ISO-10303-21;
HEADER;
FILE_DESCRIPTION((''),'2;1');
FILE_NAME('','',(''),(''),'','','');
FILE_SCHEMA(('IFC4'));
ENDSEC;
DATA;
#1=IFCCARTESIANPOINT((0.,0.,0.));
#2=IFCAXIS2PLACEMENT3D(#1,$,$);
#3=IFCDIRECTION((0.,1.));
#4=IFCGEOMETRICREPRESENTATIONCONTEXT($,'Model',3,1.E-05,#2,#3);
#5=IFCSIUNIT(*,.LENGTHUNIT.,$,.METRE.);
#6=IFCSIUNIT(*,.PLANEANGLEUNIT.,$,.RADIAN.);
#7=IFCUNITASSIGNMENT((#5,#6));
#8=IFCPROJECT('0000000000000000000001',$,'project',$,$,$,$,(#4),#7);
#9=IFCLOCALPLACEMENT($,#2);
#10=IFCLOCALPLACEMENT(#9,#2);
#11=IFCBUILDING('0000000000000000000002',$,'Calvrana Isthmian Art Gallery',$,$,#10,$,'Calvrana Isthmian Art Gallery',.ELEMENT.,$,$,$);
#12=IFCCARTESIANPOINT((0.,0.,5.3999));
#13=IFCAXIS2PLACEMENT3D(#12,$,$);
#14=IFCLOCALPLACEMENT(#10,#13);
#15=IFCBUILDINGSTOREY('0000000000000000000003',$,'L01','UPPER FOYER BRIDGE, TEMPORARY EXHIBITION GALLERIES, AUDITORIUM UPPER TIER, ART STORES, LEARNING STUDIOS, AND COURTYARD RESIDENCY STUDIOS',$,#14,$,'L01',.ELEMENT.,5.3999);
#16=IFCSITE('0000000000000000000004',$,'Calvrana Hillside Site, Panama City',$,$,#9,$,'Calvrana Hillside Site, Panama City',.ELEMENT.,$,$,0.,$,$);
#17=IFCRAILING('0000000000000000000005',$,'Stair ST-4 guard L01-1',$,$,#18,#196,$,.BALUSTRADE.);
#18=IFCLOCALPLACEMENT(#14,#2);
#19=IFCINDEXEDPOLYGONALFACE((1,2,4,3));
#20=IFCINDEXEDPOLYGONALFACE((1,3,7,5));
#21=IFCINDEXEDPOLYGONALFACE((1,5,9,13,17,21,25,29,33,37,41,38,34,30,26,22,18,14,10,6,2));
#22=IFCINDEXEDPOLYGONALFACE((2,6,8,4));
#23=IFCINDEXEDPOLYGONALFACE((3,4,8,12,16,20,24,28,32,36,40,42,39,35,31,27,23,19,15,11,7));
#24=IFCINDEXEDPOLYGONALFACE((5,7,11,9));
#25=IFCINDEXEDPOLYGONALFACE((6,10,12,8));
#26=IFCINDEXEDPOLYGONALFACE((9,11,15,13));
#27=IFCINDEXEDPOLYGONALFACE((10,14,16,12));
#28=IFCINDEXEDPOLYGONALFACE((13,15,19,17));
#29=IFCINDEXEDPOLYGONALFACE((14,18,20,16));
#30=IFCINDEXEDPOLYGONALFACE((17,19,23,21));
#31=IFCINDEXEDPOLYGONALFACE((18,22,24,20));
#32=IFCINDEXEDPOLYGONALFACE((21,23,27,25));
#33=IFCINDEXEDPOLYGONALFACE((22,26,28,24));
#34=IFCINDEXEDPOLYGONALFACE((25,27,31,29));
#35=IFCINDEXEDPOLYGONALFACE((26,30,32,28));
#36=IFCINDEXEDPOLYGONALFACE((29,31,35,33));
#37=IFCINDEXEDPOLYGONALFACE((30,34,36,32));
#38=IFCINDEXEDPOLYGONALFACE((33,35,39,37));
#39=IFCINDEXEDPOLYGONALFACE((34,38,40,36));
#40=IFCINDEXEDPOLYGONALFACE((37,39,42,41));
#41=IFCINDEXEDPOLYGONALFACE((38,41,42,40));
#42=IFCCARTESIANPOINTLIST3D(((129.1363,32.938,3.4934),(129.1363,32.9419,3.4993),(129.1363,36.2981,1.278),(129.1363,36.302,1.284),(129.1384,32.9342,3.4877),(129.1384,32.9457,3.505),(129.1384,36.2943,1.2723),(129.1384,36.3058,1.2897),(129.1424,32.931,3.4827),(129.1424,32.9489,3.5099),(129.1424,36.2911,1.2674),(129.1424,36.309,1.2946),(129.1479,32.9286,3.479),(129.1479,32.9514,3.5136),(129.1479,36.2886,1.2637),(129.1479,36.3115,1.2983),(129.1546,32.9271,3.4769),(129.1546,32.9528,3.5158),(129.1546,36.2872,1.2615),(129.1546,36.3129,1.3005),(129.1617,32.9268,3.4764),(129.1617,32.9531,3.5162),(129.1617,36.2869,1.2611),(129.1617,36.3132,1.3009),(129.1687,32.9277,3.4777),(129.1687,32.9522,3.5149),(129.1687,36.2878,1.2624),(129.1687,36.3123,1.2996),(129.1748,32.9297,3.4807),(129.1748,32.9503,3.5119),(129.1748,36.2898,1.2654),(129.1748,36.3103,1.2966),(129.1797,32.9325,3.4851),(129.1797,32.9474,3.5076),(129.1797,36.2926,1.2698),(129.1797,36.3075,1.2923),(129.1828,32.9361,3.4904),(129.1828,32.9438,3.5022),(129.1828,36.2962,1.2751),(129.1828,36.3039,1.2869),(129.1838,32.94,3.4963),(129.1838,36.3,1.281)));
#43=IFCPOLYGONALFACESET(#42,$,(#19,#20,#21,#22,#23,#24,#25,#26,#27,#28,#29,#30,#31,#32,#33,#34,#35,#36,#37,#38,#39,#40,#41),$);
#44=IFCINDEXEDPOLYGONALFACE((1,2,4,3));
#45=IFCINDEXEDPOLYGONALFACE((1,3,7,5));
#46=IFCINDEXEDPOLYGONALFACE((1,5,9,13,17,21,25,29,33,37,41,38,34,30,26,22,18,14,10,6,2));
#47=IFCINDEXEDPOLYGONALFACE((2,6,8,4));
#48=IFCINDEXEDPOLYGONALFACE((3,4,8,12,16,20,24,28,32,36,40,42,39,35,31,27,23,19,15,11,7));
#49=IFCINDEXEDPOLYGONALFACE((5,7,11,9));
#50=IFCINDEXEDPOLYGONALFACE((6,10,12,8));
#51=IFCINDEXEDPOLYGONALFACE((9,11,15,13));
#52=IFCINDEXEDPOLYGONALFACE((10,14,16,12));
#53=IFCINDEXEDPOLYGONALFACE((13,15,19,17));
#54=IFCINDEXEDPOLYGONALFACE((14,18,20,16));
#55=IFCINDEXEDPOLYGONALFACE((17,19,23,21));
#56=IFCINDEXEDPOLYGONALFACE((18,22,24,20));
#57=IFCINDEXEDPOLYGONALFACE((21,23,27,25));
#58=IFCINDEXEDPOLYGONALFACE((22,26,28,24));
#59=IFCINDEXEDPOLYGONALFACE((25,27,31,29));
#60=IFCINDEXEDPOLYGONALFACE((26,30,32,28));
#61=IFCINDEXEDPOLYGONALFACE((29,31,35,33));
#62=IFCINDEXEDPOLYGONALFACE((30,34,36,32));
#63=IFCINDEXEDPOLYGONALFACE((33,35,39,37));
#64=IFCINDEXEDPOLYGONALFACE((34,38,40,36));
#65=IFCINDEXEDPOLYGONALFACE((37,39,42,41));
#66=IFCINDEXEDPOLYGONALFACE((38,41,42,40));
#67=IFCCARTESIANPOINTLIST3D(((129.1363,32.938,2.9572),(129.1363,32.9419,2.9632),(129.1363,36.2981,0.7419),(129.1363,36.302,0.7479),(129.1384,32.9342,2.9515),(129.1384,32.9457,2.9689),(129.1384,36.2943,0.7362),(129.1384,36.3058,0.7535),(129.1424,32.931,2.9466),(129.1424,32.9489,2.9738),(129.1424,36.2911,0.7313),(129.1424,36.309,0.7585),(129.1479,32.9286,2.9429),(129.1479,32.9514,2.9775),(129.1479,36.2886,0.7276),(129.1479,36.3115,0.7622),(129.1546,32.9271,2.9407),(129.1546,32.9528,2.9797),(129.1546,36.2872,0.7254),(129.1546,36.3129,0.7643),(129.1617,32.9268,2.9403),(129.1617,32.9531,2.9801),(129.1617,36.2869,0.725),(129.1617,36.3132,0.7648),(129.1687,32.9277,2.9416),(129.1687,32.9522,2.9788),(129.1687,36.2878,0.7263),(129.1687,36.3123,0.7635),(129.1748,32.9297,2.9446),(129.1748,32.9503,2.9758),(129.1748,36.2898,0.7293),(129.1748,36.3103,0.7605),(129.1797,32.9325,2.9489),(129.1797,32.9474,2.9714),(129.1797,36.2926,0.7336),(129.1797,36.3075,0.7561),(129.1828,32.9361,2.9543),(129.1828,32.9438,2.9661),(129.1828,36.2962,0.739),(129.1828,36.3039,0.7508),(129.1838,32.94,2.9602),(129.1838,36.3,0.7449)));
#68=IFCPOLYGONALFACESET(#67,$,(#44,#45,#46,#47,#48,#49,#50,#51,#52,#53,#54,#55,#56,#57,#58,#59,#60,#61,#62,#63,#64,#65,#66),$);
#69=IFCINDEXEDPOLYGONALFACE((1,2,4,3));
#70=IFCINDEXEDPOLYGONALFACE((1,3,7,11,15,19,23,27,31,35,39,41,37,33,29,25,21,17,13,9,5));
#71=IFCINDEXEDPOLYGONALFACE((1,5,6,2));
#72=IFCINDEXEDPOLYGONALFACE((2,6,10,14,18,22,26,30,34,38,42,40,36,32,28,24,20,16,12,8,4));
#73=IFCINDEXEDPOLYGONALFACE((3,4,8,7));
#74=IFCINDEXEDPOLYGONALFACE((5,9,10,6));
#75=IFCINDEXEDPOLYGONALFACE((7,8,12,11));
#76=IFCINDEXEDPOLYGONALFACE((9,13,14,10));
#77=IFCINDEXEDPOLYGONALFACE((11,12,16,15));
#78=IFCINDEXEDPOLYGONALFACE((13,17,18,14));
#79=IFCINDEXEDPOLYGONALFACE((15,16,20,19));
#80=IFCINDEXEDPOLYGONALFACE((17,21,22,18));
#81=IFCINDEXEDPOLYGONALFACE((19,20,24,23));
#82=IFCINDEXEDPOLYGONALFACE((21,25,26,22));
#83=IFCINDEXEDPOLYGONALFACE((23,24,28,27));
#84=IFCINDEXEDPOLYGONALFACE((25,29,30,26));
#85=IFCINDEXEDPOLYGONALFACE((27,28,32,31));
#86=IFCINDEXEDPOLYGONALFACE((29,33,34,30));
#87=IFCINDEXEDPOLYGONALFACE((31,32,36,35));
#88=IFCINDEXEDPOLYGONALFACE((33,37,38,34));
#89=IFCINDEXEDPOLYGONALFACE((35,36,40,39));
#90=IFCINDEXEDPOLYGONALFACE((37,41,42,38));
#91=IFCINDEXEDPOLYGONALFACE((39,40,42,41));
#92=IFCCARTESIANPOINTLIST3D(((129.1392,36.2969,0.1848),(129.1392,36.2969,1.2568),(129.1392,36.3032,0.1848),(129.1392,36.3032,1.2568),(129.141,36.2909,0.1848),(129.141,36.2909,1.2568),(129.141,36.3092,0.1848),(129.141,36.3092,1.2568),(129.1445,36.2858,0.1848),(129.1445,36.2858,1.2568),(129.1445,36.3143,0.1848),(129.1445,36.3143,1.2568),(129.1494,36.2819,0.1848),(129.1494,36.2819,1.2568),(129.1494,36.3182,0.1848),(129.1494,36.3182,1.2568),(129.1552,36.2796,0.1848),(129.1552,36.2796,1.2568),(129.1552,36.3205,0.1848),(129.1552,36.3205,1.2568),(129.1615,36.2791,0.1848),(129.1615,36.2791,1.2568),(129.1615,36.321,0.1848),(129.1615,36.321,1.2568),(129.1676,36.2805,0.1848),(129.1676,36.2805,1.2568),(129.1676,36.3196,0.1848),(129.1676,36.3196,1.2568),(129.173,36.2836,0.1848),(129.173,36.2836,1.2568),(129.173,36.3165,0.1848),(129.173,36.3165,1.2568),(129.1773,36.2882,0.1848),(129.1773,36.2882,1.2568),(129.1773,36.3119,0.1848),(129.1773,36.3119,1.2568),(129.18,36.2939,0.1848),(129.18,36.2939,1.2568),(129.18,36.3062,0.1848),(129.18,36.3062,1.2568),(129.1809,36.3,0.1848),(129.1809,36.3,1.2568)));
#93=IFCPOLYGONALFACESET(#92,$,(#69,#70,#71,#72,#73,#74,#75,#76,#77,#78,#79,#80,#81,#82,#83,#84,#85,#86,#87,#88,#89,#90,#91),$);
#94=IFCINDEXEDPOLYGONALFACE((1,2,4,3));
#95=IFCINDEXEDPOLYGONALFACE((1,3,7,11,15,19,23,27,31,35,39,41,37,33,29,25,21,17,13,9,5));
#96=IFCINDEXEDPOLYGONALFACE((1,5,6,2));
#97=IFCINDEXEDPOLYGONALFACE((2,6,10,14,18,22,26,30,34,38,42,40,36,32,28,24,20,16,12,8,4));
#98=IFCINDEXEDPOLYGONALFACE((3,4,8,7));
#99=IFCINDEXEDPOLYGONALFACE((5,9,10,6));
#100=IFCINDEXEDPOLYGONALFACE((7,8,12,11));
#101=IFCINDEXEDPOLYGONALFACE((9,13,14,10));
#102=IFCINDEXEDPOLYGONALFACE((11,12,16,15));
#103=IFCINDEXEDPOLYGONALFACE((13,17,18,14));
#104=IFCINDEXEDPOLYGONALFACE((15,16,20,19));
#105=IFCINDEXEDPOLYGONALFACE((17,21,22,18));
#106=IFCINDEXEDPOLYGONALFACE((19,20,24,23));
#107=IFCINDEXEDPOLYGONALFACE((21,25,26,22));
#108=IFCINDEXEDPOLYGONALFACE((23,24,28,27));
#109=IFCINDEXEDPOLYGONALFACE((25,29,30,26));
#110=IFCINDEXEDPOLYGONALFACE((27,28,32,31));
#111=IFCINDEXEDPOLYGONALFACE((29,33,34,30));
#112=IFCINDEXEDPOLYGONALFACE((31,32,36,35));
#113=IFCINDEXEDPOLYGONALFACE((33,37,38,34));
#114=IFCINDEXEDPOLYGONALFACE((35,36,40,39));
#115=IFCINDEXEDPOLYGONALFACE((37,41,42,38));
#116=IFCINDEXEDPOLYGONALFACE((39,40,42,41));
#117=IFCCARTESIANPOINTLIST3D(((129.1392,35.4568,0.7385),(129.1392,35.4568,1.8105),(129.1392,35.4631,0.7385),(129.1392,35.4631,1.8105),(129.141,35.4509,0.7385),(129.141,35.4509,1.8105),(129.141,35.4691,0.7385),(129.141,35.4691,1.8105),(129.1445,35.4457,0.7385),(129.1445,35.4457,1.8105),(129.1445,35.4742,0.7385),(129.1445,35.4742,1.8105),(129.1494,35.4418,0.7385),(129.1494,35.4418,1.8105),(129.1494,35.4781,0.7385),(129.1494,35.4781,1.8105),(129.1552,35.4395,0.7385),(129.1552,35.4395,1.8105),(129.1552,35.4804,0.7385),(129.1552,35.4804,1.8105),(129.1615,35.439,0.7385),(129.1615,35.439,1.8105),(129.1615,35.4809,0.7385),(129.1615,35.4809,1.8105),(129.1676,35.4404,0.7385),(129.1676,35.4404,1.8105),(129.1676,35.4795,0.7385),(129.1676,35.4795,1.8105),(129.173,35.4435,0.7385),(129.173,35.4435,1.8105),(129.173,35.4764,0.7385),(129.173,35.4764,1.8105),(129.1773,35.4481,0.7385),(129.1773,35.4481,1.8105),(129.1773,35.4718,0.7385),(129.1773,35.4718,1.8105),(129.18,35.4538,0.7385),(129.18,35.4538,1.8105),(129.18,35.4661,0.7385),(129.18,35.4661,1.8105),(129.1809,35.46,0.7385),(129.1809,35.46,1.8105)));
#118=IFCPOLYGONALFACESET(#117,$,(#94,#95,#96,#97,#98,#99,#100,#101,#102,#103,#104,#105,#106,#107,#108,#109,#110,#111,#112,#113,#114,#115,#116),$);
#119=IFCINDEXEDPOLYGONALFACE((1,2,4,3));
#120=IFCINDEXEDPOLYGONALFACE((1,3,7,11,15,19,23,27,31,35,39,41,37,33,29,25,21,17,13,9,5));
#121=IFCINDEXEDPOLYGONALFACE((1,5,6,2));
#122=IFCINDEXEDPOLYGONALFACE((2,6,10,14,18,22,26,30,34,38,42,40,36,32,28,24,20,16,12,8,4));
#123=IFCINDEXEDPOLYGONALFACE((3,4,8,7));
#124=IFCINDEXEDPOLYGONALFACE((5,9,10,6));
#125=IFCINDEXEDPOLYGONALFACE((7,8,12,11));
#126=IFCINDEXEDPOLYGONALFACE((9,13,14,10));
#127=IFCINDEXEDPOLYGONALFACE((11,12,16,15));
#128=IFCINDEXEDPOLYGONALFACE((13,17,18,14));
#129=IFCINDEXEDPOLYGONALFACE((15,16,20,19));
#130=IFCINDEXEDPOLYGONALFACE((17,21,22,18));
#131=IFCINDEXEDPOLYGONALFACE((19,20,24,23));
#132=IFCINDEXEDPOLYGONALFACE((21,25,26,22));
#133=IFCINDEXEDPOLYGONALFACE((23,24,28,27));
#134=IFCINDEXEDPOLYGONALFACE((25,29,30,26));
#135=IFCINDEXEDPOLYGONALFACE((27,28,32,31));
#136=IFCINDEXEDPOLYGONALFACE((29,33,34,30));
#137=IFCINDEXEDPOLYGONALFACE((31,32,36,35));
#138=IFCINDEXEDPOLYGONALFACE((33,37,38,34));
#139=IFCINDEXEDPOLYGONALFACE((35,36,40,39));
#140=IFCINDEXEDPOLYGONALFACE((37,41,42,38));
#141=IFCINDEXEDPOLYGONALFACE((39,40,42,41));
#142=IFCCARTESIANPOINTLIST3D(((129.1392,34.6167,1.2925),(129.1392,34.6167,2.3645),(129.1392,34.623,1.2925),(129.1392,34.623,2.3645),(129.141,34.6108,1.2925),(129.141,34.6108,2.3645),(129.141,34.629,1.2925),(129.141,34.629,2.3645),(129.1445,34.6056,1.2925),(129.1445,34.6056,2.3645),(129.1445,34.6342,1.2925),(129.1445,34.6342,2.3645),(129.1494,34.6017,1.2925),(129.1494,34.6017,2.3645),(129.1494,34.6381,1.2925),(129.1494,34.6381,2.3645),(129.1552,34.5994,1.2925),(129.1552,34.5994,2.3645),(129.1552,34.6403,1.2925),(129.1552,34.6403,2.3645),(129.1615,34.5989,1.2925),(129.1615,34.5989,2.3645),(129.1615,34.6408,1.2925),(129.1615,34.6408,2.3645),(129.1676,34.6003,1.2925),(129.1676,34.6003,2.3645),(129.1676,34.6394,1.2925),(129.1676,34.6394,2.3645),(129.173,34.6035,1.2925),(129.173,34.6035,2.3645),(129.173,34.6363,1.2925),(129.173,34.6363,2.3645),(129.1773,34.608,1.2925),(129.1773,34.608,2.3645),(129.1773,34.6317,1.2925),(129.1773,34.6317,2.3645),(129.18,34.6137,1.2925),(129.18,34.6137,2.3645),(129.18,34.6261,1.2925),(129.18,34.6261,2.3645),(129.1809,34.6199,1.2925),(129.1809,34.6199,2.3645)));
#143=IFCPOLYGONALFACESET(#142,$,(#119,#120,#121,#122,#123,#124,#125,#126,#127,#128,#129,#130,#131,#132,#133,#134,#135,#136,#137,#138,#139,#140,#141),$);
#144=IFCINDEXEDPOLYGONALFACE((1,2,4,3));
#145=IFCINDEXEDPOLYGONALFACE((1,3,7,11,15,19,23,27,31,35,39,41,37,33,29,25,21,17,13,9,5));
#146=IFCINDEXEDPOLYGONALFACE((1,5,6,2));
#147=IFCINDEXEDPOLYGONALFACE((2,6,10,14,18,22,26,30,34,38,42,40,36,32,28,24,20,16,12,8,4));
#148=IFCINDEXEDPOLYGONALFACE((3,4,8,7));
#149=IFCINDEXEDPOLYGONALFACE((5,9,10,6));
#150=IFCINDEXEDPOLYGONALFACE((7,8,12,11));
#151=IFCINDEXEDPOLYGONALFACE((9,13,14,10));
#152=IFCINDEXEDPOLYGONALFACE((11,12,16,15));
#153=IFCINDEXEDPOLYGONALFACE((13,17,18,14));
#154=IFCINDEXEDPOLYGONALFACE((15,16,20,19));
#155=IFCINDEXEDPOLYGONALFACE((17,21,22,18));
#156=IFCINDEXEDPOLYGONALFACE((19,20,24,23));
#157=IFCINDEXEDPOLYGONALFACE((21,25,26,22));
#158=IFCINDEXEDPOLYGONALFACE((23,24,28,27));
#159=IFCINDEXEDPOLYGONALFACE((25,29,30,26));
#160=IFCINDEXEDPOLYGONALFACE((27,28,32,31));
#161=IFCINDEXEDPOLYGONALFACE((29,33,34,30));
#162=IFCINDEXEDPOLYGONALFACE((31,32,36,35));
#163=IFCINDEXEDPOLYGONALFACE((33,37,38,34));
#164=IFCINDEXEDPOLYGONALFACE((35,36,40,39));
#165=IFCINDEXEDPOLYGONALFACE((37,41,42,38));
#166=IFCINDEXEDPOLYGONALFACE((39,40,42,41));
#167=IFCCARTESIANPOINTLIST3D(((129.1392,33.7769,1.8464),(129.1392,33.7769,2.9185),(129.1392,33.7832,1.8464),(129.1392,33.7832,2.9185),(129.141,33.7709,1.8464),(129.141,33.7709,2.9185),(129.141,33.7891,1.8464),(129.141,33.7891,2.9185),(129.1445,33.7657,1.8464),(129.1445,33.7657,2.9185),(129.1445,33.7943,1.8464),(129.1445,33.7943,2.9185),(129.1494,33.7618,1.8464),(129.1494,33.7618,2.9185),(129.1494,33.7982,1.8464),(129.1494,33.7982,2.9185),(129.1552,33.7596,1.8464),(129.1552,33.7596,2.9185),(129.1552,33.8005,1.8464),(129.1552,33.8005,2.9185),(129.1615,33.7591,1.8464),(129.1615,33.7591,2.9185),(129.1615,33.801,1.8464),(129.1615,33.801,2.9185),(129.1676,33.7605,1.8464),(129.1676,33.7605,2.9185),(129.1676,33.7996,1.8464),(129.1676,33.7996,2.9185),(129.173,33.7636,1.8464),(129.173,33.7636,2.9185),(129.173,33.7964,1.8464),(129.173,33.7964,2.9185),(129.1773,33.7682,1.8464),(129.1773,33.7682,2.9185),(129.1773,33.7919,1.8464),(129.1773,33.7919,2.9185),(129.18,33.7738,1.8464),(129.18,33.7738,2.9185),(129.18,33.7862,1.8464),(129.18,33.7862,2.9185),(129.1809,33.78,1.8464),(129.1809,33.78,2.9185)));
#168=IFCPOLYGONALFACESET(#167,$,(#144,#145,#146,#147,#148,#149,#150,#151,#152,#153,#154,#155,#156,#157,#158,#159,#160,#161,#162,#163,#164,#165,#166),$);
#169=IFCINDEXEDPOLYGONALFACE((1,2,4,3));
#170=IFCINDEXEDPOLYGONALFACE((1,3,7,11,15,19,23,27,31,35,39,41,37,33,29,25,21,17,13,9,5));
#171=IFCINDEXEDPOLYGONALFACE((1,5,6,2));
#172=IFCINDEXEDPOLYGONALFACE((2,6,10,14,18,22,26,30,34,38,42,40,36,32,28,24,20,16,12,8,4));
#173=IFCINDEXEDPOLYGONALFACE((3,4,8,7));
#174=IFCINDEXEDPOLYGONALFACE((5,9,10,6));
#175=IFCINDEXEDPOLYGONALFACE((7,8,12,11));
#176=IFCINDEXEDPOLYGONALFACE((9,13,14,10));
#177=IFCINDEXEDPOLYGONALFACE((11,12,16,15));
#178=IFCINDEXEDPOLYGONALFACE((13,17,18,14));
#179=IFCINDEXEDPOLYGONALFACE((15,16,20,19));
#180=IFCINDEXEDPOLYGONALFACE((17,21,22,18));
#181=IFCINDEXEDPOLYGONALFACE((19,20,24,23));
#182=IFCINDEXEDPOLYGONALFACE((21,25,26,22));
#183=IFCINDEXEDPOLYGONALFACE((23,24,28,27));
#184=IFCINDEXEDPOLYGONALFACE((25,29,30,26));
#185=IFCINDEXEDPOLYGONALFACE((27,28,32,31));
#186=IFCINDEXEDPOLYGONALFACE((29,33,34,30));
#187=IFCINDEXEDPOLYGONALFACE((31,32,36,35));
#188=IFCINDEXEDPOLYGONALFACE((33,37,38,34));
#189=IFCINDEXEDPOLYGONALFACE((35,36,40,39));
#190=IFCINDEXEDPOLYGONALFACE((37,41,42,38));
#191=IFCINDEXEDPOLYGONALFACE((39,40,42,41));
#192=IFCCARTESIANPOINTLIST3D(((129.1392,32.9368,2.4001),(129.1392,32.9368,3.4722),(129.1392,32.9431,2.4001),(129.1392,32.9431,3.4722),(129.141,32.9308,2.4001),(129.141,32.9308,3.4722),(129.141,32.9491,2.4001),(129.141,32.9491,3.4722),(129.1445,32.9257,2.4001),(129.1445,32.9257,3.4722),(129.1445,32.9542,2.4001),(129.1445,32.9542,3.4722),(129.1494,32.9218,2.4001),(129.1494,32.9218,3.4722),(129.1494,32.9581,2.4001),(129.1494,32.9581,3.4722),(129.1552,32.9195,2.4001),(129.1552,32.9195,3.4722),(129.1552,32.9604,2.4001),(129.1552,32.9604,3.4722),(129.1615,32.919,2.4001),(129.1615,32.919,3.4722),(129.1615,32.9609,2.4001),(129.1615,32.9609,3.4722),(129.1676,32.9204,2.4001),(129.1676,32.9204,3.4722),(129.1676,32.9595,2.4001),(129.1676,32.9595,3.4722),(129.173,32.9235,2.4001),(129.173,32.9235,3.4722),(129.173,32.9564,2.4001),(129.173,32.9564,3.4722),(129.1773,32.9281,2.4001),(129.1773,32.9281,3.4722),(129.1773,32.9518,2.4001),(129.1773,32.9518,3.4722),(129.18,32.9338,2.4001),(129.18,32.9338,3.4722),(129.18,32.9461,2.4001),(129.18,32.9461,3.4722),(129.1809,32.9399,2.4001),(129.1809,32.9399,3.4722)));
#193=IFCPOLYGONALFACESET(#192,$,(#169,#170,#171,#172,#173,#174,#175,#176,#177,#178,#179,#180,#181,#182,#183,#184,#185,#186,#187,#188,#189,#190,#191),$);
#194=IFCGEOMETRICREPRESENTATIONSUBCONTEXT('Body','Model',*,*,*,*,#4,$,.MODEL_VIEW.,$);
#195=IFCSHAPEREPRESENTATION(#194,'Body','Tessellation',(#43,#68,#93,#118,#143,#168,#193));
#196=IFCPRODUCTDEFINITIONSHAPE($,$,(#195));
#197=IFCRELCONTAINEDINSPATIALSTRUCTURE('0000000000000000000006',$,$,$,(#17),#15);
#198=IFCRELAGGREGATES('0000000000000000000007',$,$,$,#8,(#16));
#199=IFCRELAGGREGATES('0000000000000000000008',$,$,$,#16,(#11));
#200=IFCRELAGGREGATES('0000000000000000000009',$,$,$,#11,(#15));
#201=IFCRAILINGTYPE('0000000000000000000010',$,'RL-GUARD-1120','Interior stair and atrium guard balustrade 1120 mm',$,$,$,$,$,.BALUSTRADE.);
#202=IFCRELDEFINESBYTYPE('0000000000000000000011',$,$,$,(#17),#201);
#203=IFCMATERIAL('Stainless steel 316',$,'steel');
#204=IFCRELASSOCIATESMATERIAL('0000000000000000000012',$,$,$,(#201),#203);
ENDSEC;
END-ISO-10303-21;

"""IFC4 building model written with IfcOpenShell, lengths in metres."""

from ifc_helpers import new_model, si_unit, direction, frame, origin, origin_2d, place, context, subcontext, project, spatial, circle, extrude, material, type_object, element, save


model = new_model("IFC4")

# Units and contexts
model_context = context("Model", 3, precision=1e-05, world=origin(), true_north=direction((0.0, 1.0)))
body_context = subcontext(model_context, "Body", "Model", "MODEL_VIEW")
ifc_project = project(units=[si_unit("LENGTHUNIT", "METRE"), si_unit("PLANEANGLEUNIT", "RADIAN")], contexts=[model_context])

# Site, building, storey
site_placement = place(None, origin())
site = spatial("IfcSite", under=ifc_project, at=site_placement, Name="Calvrana Hillside Site, Panama City", LongName="Calvrana Hillside Site, Panama City", CompositionType="ELEMENT", RefElevation=0.0)
building_placement = place(site_placement, origin())
building = spatial("IfcBuilding", under=site, at=building_placement, Name="Calvrana Isthmian Art Gallery", LongName="Calvrana Isthmian Art Gallery", CompositionType="ELEMENT")
storey_placement = place(building_placement, frame((0.0, 0.0, 5.3999)))
storey = spatial("IfcBuildingStorey", under=building, at=storey_placement, Name="L01", Description="UPPER FOYER BRIDGE, TEMPORARY EXHIBITION GALLERIES, AUDITORIUM UPPER TIER, ART STORES, LEARNING STUDIOS, AND COURTYARD RESIDENCY STUDIOS", LongName="L01", CompositionType="ELEMENT", Elevation=5.3999)

# Shared definitions
ifc_material_1 = material(Name="Stainless steel 316", Category="steel")

# Railing
railing_type_1 = type_object("IfcRailingType", Name="RL-GUARD-1120", Description="Interior stair and atrium guard balustrade 1120 mm", PredefinedType="BALUSTRADE", material=ifc_material_1)
railing_1_placement = place(storey_placement, frame((129.1599, 36.3, 0.1848)))
element("IfcRailing", 1, at=railing_1_placement, inside=storey, type_object=railing_type_1, Name="Stair ST-4 guard L01-1", PredefinedType="BALUSTRADE", context=body_context, shape_type="SweptSolid", body=[
    extrude(circle(Radius=0.0239, at=origin_2d()), frame((0.0, 0.0, 1.0962), z_axis=(0.0, -0.834876, 0.550437), x_axis=(1.0, 0.0, 0.0)), (0.0, 0.0, 1.0), 4.0247),
    extrude(circle(Radius=0.0239, at=origin_2d()), frame((0.0, 0.0, 0.5601), z_axis=(0.0, -0.834876, 0.550437), x_axis=(1.0, 0.0, 0.0)), (0.0, 0.0, 1.0), 4.0247),
    extrude(circle(Radius=0.021, at=origin_2d()), origin(), (0.0, 0.0, 1.0), 1.072),
    extrude(circle(Radius=0.021, at=origin_2d()), frame((0.0, -0.8401, 0.5537)), (0.0, 0.0, 1.0), 1.072),
    extrude(circle(Radius=0.021, at=origin_2d()), frame((0.0, -1.6802, 1.1077)), (0.0, 0.0, 1.0), 1.072),
    extrude(circle(Radius=0.021, at=origin_2d()), frame((0.0, -2.52, 1.6616)), (0.0, 0.0, 1.0), 1.072),
    extrude(circle(Radius=0.021, at=origin_2d()), frame((0.0, -3.3601, 2.2153)), (0.0, 0.0, 1.0), 1.072),
])

save(model, "model.ifc")
